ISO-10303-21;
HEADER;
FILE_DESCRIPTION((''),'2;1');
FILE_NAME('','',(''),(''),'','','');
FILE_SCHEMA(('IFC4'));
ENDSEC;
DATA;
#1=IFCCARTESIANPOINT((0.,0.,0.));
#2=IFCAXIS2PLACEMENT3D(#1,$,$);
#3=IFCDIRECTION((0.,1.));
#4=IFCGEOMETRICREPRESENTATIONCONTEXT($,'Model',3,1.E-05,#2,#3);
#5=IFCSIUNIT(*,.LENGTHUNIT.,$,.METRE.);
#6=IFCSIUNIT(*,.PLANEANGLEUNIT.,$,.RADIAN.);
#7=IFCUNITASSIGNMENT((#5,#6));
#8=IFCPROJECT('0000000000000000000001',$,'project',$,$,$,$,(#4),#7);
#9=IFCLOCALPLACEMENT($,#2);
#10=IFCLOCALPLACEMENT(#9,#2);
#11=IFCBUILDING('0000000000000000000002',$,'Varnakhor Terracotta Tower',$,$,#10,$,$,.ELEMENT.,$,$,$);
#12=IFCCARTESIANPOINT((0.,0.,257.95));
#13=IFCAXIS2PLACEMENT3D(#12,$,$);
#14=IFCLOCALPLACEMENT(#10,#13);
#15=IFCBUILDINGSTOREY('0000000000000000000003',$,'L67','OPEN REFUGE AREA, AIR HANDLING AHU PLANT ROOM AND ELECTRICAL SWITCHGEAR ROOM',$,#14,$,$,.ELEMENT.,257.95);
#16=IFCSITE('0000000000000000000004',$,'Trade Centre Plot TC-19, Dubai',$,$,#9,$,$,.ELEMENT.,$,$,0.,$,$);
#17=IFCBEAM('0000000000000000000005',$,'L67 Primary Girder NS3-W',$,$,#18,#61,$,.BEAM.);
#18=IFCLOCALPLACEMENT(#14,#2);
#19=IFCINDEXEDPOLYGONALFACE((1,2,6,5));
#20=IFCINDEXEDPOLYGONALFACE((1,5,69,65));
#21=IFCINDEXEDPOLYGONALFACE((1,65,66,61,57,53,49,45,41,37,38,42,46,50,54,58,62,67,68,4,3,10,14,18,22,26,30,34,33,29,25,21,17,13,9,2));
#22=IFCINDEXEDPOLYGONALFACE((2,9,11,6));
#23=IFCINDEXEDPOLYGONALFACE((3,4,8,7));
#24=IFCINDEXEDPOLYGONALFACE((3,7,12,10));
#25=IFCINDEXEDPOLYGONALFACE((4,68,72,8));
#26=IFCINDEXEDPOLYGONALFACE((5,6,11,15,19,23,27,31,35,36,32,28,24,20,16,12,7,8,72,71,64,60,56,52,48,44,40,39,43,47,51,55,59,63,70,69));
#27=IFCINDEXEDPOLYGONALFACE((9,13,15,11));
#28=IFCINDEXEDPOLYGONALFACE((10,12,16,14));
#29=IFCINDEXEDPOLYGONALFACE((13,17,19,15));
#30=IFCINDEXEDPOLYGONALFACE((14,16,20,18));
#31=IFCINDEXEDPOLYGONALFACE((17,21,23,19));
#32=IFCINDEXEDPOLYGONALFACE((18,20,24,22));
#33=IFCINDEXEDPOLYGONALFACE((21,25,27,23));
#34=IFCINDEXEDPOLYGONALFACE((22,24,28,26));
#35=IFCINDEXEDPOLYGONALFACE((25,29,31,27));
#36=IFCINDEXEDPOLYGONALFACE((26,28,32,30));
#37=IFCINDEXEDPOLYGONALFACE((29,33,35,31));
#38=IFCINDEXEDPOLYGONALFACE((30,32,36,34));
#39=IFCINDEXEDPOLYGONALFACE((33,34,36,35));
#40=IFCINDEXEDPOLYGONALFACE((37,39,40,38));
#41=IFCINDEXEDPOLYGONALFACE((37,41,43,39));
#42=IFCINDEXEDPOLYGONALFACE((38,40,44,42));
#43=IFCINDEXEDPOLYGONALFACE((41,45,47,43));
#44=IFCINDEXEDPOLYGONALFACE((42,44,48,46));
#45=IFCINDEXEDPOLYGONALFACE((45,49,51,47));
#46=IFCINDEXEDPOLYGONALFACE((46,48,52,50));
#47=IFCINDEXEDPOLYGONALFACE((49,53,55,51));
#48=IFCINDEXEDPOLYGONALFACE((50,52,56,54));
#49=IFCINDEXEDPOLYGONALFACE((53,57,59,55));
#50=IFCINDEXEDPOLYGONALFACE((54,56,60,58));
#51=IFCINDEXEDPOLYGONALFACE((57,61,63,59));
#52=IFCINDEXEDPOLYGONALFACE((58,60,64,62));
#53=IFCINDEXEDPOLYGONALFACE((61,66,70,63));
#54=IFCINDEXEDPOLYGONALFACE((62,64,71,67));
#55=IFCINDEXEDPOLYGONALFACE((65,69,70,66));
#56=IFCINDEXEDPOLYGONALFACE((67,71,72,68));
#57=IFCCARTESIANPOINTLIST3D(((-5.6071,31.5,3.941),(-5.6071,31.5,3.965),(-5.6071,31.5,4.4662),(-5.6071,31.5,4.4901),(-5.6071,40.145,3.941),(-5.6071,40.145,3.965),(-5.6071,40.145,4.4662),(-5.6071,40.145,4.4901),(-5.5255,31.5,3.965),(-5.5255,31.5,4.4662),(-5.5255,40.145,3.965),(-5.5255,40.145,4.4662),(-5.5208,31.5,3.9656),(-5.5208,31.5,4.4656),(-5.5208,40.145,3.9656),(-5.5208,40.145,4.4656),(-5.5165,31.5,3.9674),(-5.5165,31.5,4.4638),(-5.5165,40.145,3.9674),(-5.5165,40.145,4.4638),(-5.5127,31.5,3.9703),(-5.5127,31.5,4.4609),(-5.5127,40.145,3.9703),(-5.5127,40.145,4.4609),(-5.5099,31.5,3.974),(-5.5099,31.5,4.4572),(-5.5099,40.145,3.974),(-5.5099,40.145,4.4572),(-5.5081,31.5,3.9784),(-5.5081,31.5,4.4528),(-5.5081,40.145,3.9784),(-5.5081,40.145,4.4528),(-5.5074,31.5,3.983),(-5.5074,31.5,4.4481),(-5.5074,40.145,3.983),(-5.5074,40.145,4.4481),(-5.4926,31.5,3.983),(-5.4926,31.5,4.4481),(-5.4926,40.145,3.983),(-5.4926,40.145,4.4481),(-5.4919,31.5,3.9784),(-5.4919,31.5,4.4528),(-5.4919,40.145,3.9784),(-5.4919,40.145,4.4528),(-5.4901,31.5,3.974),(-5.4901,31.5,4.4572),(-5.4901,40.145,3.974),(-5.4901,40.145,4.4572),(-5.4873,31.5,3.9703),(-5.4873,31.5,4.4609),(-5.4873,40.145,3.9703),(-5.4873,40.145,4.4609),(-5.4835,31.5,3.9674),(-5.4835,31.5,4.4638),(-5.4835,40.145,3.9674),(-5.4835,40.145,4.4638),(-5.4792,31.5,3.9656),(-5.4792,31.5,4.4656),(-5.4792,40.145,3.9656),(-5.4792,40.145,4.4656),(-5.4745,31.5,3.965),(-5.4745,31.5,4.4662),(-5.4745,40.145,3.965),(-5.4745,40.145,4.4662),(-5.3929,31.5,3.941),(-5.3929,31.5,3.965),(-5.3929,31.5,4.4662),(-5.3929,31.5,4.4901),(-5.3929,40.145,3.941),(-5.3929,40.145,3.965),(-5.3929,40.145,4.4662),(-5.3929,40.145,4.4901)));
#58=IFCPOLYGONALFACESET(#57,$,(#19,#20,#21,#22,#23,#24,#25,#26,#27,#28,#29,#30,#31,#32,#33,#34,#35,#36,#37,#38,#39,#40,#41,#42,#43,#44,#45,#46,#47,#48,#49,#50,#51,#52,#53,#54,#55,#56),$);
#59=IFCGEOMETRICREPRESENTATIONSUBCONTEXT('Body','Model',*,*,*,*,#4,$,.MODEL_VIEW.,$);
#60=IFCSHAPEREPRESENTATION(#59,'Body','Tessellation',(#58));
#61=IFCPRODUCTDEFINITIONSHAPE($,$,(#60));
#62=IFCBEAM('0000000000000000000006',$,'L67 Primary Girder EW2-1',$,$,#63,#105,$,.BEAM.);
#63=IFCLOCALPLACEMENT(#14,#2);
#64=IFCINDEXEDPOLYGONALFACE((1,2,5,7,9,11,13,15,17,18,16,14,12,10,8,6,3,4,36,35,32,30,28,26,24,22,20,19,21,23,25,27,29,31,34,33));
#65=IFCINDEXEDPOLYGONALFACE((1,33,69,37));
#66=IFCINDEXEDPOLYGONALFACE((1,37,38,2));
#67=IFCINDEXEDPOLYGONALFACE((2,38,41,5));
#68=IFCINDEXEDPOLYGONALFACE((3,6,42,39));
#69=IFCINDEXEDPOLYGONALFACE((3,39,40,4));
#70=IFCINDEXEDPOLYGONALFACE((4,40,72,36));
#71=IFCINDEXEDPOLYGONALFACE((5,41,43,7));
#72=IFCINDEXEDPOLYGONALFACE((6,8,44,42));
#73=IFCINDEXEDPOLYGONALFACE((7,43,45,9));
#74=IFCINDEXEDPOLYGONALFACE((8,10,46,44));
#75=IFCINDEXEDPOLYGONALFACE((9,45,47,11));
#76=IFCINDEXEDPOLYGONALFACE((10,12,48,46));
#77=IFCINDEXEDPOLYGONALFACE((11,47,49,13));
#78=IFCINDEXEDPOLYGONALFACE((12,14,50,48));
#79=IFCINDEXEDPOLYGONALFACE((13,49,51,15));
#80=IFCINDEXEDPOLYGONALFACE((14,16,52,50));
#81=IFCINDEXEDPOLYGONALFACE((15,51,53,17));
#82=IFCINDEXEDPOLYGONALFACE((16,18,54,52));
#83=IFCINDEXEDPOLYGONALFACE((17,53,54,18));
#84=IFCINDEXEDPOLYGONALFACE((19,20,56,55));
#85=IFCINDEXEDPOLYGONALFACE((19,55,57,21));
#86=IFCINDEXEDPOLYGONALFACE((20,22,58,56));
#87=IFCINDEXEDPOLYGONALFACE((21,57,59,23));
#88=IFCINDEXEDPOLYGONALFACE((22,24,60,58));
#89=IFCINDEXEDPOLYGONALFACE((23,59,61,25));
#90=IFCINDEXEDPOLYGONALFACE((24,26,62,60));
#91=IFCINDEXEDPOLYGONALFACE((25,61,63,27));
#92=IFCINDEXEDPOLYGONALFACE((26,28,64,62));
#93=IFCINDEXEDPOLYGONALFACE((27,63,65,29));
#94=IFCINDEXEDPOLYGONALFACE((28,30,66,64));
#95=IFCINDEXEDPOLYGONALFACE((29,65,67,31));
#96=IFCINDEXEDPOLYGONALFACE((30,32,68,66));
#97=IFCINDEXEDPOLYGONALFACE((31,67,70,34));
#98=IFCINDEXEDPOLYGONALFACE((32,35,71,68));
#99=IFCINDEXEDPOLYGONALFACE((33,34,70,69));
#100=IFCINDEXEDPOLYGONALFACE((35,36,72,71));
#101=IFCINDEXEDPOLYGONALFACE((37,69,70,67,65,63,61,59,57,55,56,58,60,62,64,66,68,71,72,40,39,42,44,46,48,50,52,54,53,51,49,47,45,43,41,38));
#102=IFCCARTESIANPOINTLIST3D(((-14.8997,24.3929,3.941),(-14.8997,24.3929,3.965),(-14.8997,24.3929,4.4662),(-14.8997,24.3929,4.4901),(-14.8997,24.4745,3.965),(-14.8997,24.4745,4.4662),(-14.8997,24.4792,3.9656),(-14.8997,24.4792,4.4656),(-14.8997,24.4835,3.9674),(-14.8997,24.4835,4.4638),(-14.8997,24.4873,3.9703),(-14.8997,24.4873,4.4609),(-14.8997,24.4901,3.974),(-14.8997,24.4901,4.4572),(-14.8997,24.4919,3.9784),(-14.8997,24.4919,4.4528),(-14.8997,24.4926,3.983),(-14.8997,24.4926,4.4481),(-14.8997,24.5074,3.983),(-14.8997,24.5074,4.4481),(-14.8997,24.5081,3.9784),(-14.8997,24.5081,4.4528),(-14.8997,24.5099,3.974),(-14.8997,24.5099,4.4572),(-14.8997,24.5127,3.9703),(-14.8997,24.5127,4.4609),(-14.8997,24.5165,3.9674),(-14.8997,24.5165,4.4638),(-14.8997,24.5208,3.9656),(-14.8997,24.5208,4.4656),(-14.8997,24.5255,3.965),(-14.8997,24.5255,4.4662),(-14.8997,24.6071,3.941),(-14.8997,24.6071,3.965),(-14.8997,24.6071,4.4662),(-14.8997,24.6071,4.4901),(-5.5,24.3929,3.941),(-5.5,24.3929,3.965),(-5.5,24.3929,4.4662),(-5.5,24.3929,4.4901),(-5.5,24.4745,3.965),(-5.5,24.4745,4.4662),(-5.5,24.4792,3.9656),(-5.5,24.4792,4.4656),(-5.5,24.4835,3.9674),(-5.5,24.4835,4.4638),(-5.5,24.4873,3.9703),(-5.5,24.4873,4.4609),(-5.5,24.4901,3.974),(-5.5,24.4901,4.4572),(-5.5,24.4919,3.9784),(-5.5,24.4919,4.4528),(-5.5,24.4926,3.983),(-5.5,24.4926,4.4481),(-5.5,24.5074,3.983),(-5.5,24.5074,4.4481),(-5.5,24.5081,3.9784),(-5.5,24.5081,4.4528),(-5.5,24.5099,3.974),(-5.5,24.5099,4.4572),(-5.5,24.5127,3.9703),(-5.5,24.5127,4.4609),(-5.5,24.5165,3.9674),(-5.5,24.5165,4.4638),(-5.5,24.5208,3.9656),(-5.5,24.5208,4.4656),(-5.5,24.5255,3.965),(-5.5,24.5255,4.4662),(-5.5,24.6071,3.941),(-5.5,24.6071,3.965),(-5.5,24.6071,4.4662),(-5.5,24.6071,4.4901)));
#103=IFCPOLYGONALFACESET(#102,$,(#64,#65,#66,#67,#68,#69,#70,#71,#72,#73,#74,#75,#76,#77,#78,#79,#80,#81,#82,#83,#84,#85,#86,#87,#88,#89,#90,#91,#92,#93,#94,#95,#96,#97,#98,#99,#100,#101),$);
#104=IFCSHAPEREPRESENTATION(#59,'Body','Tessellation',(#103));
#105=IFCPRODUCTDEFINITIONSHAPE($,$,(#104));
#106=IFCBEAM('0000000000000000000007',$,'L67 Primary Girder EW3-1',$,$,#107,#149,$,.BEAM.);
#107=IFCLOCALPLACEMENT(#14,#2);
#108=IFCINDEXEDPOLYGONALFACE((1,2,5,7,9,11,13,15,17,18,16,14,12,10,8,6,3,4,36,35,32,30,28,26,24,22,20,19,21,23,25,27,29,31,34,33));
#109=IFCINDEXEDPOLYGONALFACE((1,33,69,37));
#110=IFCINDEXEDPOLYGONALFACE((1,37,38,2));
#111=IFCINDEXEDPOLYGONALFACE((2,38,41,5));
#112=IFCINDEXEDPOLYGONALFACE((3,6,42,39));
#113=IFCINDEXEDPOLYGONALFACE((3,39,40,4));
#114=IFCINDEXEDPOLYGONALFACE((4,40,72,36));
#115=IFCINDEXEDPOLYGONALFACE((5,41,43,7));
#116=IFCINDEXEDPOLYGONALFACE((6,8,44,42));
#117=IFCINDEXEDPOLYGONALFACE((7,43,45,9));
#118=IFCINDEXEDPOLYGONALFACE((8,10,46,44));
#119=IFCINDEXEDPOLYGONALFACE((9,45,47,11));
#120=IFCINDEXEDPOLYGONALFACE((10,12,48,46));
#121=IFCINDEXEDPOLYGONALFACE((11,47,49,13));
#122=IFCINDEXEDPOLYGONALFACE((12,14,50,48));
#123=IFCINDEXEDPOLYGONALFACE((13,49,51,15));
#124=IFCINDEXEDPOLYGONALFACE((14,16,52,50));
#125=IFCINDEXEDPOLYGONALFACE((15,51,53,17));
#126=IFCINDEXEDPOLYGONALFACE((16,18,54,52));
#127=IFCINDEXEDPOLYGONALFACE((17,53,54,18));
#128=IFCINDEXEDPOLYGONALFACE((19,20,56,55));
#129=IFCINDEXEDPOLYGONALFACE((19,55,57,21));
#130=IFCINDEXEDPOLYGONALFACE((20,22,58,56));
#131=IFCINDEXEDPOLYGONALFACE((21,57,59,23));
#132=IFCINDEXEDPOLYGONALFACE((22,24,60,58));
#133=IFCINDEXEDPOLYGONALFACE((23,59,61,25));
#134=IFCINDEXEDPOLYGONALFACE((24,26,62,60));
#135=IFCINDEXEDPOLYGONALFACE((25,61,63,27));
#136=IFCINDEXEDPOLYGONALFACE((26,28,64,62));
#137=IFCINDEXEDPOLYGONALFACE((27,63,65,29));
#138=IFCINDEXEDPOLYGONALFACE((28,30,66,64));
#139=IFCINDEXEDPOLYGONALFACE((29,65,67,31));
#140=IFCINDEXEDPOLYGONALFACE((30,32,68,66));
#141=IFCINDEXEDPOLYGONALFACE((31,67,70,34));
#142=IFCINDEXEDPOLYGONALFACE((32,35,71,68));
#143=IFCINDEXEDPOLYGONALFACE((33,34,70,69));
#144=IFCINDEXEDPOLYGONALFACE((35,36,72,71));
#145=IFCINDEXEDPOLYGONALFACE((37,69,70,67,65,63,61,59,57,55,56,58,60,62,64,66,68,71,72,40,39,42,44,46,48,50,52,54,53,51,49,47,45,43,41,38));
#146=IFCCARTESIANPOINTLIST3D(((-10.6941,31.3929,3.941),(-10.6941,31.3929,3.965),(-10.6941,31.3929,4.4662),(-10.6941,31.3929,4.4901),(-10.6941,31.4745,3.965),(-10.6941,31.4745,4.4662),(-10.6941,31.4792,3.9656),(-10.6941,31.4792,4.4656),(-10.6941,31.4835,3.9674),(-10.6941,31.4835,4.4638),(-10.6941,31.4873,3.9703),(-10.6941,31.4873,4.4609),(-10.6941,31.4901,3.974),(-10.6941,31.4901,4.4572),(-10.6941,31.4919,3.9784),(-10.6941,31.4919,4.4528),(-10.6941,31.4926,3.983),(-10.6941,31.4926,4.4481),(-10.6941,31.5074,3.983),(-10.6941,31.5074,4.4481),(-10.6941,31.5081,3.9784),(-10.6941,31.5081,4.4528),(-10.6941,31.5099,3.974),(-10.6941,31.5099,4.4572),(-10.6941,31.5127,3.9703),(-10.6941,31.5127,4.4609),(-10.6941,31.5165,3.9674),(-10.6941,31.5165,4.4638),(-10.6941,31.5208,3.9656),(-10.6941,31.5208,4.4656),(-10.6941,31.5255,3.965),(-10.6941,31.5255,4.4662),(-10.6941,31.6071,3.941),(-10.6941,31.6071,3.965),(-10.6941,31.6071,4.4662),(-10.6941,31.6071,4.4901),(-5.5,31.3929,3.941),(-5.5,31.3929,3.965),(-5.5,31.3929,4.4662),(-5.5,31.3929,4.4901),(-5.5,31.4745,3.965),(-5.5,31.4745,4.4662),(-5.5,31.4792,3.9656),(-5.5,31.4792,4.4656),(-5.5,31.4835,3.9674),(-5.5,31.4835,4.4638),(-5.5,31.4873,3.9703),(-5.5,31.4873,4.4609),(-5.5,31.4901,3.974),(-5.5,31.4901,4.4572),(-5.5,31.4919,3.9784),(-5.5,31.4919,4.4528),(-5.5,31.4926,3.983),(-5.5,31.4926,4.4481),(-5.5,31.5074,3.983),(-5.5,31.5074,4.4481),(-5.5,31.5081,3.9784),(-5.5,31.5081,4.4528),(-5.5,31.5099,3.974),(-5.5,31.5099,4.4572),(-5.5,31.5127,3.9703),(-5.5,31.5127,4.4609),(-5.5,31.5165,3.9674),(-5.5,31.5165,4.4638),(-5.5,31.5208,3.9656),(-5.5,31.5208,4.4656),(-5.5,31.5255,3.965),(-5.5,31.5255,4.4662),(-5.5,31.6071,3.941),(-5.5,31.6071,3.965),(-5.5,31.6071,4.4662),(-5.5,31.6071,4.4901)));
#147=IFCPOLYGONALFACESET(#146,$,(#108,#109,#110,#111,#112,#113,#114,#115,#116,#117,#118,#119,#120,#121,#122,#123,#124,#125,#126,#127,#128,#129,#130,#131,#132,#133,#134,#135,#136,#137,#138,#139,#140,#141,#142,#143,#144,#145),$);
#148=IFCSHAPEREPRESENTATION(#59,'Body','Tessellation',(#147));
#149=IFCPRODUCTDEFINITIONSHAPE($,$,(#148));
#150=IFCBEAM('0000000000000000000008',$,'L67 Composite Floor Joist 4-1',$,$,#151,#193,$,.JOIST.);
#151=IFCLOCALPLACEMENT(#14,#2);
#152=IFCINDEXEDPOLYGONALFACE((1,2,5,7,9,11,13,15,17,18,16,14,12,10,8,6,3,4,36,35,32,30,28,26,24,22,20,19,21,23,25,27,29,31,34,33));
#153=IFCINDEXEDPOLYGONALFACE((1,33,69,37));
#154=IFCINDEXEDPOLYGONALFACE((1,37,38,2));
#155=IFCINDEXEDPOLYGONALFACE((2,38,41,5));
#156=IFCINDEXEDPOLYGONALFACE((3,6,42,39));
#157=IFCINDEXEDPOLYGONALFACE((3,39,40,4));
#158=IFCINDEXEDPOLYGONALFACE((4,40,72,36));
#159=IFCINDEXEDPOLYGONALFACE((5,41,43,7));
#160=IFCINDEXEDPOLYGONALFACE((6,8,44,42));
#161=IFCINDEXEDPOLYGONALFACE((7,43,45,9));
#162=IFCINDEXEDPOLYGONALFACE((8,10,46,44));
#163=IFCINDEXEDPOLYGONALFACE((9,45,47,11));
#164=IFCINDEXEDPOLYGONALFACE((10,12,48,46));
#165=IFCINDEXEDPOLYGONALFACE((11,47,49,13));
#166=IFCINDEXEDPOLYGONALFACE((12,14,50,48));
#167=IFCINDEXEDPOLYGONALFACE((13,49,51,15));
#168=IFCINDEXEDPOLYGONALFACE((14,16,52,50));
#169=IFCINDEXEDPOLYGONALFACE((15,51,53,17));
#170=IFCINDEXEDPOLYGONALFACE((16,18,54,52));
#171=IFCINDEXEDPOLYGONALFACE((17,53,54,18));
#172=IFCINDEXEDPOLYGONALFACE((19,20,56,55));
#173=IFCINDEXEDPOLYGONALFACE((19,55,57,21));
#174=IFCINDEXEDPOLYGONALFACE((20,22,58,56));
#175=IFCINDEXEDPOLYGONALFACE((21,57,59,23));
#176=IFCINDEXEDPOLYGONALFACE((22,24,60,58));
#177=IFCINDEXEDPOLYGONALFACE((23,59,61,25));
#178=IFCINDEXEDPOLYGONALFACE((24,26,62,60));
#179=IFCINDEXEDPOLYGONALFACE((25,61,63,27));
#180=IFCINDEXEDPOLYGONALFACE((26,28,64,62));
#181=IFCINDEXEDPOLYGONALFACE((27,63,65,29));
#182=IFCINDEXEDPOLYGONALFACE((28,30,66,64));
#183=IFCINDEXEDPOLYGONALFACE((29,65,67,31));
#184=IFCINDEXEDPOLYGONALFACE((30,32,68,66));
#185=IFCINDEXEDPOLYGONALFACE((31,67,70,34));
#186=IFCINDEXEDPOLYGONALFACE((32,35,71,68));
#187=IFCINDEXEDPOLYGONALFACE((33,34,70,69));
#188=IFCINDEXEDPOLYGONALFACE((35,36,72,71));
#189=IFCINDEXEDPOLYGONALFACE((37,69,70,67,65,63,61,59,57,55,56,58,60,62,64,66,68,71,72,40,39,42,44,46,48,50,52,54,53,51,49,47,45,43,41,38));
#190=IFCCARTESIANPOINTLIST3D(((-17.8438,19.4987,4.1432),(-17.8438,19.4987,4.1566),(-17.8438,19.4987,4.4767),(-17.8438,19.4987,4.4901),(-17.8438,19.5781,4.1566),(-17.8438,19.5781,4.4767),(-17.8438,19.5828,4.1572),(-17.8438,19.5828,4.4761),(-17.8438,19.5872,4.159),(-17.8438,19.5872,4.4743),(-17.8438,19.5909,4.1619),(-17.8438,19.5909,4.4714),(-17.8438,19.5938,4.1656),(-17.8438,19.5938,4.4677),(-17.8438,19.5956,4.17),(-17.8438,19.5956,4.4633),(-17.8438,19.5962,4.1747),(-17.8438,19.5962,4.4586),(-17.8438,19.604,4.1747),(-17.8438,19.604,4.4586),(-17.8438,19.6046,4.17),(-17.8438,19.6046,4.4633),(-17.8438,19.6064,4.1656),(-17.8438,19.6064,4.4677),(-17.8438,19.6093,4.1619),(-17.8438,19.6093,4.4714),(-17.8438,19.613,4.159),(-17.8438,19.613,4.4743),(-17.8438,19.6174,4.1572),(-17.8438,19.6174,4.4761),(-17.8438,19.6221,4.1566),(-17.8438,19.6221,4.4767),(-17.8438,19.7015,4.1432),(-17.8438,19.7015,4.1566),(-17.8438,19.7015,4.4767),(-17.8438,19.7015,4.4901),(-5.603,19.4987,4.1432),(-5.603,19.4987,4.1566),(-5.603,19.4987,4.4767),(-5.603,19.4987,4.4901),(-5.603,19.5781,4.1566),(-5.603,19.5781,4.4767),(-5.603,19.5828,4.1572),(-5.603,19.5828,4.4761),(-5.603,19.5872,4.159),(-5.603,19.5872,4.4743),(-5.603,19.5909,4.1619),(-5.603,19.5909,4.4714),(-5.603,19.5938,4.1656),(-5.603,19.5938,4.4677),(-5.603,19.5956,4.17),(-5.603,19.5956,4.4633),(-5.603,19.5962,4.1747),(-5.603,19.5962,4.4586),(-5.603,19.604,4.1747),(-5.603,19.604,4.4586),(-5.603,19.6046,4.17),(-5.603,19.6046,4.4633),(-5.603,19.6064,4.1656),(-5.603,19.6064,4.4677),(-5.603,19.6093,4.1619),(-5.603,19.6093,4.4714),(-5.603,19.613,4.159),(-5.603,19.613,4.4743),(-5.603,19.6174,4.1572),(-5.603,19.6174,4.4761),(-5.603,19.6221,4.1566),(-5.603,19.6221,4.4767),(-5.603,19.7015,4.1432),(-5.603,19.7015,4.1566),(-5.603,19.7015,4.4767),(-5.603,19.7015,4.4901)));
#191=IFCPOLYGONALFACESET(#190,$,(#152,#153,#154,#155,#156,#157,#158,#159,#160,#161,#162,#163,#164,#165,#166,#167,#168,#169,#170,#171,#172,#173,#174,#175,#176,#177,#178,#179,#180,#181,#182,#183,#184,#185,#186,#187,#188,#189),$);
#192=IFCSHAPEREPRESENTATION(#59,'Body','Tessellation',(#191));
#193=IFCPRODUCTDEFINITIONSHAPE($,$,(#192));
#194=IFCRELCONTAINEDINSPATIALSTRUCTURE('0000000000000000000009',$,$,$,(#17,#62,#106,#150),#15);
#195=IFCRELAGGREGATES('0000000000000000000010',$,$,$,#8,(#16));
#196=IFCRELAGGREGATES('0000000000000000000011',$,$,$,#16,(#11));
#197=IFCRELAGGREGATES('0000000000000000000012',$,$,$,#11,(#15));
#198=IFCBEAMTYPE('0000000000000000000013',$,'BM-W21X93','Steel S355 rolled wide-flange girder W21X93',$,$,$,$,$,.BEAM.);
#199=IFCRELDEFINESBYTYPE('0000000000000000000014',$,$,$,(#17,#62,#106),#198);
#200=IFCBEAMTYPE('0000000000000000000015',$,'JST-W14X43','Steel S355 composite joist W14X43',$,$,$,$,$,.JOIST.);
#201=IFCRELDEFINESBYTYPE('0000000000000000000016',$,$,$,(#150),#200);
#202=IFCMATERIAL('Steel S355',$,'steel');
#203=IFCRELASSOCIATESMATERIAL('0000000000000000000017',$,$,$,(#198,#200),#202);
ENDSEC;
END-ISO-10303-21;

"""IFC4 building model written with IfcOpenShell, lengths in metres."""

from ifc_helpers import new_model, si_unit, direction, frame, origin, origin_2d, place, context, subcontext, project, spatial, i_section, extrude, source, transform, mapped, material, material_profile, profile_set, type_object, element, save


model = new_model("IFC4")

# Units and contexts
model_context = context("Model", 3, precision=1e-05, world=origin(), true_north=direction((0.0, 1.0)))
body_context = subcontext(model_context, "Body", "Model", "MODEL_VIEW")
ifc_project = project(units=[si_unit("LENGTHUNIT", "METRE"), si_unit("PLANEANGLEUNIT", "RADIAN")], contexts=[model_context])

# Site, building, storey
site_placement = place(None, origin())
site = spatial("IfcSite", under=ifc_project, at=site_placement, Name="Trade Centre Plot TC-19, Dubai", CompositionType="ELEMENT", RefElevation=0.0)
building_placement = place(site_placement, origin())
building = spatial("IfcBuilding", under=site, at=building_placement, Name="Varnakhor Terracotta Tower", CompositionType="ELEMENT")
storey_placement = place(building_placement, frame((0.0, 0.0, 257.95)))
storey = spatial("IfcBuildingStorey", under=building, at=storey_placement, Name="L67", Description="OPEN REFUGE AREA, AIR HANDLING AHU PLANT ROOM AND ELECTRICAL SWITCHGEAR ROOM", CompositionType="ELEMENT", Elevation=257.95)

# Beams
ifc_material_1 = material(Name="Steel S355", Category="steel")
ifc_material_profile_1 = material_profile(ifc_material_1, i_section(OverallWidth=0.2141, OverallDepth=0.5491, WebThickness=0.0149, FlangeThickness=0.0239, FilletRadius=0.0181, at=origin_2d()), Name="W21X93")
ifc_profile_set_1 = profile_set([ifc_material_profile_1], Name="Steel S355")
beam_type_1 = type_object("IfcBeamType", Name="BM-W21X93", Description="Steel S355 rolled wide-flange girder W21X93", PredefinedType="BEAM", material=ifc_profile_set_1)
ifc_material_profile_2 = material_profile(ifc_material_1, i_section(OverallWidth=0.2029, OverallDepth=0.3469, WebThickness=0.0078, FlangeThickness=0.0134, FilletRadius=0.0181, at=origin_2d()), Name="W14X43")
ifc_profile_set_2 = profile_set([ifc_material_profile_2], Name="Steel S355")
beam_type_2 = type_object("IfcBeamType", Name="JST-W14X43", Description="Steel S355 composite joist W14X43", PredefinedType="JOIST", material=ifc_profile_set_2)
shared_shape_1 = source(origin(), body_context, "Body", "SweptSolid", [
    extrude(i_section(OverallWidth=0.2141, OverallDepth=0.5491, WebThickness=0.0149, FlangeThickness=0.0239, FilletRadius=0.0181, at=origin_2d()), origin(), (0.0, 0.0, 1.0), 8.645),
])
beam_1_placement = place(storey_placement, frame((-5.5, 31.5, 4.2156), z_axis=(0.0, 1.0, 0.0), x_axis=(-1.0, 0.0, 0.0)))
element("IfcBeam", 1, at=beam_1_placement, inside=storey, type_object=beam_type_1, Name="L67 Primary Girder NS3-W", PredefinedType="BEAM", context=body_context, shape_type="MappedRepresentation", body=[
    mapped(shared_shape_1, transform((0.0, 0.0, 0.0), scale=1.0)),
])
shared_shape_2 = source(origin(), body_context, "Body", "SweptSolid", [
    extrude(i_section(OverallWidth=0.2141, OverallDepth=0.5491, WebThickness=0.0149, FlangeThickness=0.0239, FilletRadius=0.0181, at=origin_2d()), origin(), (0.0, 0.0, 1.0), 9.3997),
])
beam_2_placement = place(storey_placement, frame((-14.8997, 24.5, 4.2156), z_axis=(1.0, 0.0, 0.0), x_axis=(0.0, 1.0, 0.0)))
element("IfcBeam", 2, at=beam_2_placement, inside=storey, type_object=beam_type_1, Name="L67 Primary Girder EW2-1", PredefinedType="BEAM", context=body_context, shape_type="MappedRepresentation", body=[
    mapped(shared_shape_2, transform((0.0, 0.0, 0.0), scale=1.0)),
])
shared_shape_3 = source(origin(), body_context, "Body", "SweptSolid", [
    extrude(i_section(OverallWidth=0.2141, OverallDepth=0.5491, WebThickness=0.0149, FlangeThickness=0.0239, FilletRadius=0.0181, at=origin_2d()), origin(), (0.0, 0.0, 1.0), 5.1941),
])
beam_3_placement = place(storey_placement, frame((-10.6941, 31.5, 4.2156), z_axis=(1.0, 0.0, 0.0), x_axis=(0.0, 1.0, 0.0)))
element("IfcBeam", 3, at=beam_3_placement, inside=storey, type_object=beam_type_1, Name="L67 Primary Girder EW3-1", PredefinedType="BEAM", context=body_context, shape_type="MappedRepresentation", body=[
    mapped(shared_shape_3, transform((0.0, 0.0, 0.0), scale=1.0)),
])
shared_shape_4 = source(origin(), body_context, "Body", "SweptSolid", [
    extrude(i_section(OverallWidth=0.2029, OverallDepth=0.3469, WebThickness=0.0078, FlangeThickness=0.0134, FilletRadius=0.0181, at=origin_2d()), origin(), (0.0, 0.0, 1.0), 12.2407),
])
beam_4_placement = place(storey_placement, frame((-17.8438, 19.6001, 4.3167), z_axis=(1.0, 0.0, 0.0), x_axis=(0.0, 1.0, 0.0)))
element("IfcBeam", 4, at=beam_4_placement, inside=storey, type_object=beam_type_2, Name="L67 Composite Floor Joist 4-1", PredefinedType="JOIST", context=body_context, shape_type="MappedRepresentation", body=[
    mapped(shared_shape_4, transform((0.0, 0.0, 0.0), scale=1.0)),
])

save(model, "model.ifc")
